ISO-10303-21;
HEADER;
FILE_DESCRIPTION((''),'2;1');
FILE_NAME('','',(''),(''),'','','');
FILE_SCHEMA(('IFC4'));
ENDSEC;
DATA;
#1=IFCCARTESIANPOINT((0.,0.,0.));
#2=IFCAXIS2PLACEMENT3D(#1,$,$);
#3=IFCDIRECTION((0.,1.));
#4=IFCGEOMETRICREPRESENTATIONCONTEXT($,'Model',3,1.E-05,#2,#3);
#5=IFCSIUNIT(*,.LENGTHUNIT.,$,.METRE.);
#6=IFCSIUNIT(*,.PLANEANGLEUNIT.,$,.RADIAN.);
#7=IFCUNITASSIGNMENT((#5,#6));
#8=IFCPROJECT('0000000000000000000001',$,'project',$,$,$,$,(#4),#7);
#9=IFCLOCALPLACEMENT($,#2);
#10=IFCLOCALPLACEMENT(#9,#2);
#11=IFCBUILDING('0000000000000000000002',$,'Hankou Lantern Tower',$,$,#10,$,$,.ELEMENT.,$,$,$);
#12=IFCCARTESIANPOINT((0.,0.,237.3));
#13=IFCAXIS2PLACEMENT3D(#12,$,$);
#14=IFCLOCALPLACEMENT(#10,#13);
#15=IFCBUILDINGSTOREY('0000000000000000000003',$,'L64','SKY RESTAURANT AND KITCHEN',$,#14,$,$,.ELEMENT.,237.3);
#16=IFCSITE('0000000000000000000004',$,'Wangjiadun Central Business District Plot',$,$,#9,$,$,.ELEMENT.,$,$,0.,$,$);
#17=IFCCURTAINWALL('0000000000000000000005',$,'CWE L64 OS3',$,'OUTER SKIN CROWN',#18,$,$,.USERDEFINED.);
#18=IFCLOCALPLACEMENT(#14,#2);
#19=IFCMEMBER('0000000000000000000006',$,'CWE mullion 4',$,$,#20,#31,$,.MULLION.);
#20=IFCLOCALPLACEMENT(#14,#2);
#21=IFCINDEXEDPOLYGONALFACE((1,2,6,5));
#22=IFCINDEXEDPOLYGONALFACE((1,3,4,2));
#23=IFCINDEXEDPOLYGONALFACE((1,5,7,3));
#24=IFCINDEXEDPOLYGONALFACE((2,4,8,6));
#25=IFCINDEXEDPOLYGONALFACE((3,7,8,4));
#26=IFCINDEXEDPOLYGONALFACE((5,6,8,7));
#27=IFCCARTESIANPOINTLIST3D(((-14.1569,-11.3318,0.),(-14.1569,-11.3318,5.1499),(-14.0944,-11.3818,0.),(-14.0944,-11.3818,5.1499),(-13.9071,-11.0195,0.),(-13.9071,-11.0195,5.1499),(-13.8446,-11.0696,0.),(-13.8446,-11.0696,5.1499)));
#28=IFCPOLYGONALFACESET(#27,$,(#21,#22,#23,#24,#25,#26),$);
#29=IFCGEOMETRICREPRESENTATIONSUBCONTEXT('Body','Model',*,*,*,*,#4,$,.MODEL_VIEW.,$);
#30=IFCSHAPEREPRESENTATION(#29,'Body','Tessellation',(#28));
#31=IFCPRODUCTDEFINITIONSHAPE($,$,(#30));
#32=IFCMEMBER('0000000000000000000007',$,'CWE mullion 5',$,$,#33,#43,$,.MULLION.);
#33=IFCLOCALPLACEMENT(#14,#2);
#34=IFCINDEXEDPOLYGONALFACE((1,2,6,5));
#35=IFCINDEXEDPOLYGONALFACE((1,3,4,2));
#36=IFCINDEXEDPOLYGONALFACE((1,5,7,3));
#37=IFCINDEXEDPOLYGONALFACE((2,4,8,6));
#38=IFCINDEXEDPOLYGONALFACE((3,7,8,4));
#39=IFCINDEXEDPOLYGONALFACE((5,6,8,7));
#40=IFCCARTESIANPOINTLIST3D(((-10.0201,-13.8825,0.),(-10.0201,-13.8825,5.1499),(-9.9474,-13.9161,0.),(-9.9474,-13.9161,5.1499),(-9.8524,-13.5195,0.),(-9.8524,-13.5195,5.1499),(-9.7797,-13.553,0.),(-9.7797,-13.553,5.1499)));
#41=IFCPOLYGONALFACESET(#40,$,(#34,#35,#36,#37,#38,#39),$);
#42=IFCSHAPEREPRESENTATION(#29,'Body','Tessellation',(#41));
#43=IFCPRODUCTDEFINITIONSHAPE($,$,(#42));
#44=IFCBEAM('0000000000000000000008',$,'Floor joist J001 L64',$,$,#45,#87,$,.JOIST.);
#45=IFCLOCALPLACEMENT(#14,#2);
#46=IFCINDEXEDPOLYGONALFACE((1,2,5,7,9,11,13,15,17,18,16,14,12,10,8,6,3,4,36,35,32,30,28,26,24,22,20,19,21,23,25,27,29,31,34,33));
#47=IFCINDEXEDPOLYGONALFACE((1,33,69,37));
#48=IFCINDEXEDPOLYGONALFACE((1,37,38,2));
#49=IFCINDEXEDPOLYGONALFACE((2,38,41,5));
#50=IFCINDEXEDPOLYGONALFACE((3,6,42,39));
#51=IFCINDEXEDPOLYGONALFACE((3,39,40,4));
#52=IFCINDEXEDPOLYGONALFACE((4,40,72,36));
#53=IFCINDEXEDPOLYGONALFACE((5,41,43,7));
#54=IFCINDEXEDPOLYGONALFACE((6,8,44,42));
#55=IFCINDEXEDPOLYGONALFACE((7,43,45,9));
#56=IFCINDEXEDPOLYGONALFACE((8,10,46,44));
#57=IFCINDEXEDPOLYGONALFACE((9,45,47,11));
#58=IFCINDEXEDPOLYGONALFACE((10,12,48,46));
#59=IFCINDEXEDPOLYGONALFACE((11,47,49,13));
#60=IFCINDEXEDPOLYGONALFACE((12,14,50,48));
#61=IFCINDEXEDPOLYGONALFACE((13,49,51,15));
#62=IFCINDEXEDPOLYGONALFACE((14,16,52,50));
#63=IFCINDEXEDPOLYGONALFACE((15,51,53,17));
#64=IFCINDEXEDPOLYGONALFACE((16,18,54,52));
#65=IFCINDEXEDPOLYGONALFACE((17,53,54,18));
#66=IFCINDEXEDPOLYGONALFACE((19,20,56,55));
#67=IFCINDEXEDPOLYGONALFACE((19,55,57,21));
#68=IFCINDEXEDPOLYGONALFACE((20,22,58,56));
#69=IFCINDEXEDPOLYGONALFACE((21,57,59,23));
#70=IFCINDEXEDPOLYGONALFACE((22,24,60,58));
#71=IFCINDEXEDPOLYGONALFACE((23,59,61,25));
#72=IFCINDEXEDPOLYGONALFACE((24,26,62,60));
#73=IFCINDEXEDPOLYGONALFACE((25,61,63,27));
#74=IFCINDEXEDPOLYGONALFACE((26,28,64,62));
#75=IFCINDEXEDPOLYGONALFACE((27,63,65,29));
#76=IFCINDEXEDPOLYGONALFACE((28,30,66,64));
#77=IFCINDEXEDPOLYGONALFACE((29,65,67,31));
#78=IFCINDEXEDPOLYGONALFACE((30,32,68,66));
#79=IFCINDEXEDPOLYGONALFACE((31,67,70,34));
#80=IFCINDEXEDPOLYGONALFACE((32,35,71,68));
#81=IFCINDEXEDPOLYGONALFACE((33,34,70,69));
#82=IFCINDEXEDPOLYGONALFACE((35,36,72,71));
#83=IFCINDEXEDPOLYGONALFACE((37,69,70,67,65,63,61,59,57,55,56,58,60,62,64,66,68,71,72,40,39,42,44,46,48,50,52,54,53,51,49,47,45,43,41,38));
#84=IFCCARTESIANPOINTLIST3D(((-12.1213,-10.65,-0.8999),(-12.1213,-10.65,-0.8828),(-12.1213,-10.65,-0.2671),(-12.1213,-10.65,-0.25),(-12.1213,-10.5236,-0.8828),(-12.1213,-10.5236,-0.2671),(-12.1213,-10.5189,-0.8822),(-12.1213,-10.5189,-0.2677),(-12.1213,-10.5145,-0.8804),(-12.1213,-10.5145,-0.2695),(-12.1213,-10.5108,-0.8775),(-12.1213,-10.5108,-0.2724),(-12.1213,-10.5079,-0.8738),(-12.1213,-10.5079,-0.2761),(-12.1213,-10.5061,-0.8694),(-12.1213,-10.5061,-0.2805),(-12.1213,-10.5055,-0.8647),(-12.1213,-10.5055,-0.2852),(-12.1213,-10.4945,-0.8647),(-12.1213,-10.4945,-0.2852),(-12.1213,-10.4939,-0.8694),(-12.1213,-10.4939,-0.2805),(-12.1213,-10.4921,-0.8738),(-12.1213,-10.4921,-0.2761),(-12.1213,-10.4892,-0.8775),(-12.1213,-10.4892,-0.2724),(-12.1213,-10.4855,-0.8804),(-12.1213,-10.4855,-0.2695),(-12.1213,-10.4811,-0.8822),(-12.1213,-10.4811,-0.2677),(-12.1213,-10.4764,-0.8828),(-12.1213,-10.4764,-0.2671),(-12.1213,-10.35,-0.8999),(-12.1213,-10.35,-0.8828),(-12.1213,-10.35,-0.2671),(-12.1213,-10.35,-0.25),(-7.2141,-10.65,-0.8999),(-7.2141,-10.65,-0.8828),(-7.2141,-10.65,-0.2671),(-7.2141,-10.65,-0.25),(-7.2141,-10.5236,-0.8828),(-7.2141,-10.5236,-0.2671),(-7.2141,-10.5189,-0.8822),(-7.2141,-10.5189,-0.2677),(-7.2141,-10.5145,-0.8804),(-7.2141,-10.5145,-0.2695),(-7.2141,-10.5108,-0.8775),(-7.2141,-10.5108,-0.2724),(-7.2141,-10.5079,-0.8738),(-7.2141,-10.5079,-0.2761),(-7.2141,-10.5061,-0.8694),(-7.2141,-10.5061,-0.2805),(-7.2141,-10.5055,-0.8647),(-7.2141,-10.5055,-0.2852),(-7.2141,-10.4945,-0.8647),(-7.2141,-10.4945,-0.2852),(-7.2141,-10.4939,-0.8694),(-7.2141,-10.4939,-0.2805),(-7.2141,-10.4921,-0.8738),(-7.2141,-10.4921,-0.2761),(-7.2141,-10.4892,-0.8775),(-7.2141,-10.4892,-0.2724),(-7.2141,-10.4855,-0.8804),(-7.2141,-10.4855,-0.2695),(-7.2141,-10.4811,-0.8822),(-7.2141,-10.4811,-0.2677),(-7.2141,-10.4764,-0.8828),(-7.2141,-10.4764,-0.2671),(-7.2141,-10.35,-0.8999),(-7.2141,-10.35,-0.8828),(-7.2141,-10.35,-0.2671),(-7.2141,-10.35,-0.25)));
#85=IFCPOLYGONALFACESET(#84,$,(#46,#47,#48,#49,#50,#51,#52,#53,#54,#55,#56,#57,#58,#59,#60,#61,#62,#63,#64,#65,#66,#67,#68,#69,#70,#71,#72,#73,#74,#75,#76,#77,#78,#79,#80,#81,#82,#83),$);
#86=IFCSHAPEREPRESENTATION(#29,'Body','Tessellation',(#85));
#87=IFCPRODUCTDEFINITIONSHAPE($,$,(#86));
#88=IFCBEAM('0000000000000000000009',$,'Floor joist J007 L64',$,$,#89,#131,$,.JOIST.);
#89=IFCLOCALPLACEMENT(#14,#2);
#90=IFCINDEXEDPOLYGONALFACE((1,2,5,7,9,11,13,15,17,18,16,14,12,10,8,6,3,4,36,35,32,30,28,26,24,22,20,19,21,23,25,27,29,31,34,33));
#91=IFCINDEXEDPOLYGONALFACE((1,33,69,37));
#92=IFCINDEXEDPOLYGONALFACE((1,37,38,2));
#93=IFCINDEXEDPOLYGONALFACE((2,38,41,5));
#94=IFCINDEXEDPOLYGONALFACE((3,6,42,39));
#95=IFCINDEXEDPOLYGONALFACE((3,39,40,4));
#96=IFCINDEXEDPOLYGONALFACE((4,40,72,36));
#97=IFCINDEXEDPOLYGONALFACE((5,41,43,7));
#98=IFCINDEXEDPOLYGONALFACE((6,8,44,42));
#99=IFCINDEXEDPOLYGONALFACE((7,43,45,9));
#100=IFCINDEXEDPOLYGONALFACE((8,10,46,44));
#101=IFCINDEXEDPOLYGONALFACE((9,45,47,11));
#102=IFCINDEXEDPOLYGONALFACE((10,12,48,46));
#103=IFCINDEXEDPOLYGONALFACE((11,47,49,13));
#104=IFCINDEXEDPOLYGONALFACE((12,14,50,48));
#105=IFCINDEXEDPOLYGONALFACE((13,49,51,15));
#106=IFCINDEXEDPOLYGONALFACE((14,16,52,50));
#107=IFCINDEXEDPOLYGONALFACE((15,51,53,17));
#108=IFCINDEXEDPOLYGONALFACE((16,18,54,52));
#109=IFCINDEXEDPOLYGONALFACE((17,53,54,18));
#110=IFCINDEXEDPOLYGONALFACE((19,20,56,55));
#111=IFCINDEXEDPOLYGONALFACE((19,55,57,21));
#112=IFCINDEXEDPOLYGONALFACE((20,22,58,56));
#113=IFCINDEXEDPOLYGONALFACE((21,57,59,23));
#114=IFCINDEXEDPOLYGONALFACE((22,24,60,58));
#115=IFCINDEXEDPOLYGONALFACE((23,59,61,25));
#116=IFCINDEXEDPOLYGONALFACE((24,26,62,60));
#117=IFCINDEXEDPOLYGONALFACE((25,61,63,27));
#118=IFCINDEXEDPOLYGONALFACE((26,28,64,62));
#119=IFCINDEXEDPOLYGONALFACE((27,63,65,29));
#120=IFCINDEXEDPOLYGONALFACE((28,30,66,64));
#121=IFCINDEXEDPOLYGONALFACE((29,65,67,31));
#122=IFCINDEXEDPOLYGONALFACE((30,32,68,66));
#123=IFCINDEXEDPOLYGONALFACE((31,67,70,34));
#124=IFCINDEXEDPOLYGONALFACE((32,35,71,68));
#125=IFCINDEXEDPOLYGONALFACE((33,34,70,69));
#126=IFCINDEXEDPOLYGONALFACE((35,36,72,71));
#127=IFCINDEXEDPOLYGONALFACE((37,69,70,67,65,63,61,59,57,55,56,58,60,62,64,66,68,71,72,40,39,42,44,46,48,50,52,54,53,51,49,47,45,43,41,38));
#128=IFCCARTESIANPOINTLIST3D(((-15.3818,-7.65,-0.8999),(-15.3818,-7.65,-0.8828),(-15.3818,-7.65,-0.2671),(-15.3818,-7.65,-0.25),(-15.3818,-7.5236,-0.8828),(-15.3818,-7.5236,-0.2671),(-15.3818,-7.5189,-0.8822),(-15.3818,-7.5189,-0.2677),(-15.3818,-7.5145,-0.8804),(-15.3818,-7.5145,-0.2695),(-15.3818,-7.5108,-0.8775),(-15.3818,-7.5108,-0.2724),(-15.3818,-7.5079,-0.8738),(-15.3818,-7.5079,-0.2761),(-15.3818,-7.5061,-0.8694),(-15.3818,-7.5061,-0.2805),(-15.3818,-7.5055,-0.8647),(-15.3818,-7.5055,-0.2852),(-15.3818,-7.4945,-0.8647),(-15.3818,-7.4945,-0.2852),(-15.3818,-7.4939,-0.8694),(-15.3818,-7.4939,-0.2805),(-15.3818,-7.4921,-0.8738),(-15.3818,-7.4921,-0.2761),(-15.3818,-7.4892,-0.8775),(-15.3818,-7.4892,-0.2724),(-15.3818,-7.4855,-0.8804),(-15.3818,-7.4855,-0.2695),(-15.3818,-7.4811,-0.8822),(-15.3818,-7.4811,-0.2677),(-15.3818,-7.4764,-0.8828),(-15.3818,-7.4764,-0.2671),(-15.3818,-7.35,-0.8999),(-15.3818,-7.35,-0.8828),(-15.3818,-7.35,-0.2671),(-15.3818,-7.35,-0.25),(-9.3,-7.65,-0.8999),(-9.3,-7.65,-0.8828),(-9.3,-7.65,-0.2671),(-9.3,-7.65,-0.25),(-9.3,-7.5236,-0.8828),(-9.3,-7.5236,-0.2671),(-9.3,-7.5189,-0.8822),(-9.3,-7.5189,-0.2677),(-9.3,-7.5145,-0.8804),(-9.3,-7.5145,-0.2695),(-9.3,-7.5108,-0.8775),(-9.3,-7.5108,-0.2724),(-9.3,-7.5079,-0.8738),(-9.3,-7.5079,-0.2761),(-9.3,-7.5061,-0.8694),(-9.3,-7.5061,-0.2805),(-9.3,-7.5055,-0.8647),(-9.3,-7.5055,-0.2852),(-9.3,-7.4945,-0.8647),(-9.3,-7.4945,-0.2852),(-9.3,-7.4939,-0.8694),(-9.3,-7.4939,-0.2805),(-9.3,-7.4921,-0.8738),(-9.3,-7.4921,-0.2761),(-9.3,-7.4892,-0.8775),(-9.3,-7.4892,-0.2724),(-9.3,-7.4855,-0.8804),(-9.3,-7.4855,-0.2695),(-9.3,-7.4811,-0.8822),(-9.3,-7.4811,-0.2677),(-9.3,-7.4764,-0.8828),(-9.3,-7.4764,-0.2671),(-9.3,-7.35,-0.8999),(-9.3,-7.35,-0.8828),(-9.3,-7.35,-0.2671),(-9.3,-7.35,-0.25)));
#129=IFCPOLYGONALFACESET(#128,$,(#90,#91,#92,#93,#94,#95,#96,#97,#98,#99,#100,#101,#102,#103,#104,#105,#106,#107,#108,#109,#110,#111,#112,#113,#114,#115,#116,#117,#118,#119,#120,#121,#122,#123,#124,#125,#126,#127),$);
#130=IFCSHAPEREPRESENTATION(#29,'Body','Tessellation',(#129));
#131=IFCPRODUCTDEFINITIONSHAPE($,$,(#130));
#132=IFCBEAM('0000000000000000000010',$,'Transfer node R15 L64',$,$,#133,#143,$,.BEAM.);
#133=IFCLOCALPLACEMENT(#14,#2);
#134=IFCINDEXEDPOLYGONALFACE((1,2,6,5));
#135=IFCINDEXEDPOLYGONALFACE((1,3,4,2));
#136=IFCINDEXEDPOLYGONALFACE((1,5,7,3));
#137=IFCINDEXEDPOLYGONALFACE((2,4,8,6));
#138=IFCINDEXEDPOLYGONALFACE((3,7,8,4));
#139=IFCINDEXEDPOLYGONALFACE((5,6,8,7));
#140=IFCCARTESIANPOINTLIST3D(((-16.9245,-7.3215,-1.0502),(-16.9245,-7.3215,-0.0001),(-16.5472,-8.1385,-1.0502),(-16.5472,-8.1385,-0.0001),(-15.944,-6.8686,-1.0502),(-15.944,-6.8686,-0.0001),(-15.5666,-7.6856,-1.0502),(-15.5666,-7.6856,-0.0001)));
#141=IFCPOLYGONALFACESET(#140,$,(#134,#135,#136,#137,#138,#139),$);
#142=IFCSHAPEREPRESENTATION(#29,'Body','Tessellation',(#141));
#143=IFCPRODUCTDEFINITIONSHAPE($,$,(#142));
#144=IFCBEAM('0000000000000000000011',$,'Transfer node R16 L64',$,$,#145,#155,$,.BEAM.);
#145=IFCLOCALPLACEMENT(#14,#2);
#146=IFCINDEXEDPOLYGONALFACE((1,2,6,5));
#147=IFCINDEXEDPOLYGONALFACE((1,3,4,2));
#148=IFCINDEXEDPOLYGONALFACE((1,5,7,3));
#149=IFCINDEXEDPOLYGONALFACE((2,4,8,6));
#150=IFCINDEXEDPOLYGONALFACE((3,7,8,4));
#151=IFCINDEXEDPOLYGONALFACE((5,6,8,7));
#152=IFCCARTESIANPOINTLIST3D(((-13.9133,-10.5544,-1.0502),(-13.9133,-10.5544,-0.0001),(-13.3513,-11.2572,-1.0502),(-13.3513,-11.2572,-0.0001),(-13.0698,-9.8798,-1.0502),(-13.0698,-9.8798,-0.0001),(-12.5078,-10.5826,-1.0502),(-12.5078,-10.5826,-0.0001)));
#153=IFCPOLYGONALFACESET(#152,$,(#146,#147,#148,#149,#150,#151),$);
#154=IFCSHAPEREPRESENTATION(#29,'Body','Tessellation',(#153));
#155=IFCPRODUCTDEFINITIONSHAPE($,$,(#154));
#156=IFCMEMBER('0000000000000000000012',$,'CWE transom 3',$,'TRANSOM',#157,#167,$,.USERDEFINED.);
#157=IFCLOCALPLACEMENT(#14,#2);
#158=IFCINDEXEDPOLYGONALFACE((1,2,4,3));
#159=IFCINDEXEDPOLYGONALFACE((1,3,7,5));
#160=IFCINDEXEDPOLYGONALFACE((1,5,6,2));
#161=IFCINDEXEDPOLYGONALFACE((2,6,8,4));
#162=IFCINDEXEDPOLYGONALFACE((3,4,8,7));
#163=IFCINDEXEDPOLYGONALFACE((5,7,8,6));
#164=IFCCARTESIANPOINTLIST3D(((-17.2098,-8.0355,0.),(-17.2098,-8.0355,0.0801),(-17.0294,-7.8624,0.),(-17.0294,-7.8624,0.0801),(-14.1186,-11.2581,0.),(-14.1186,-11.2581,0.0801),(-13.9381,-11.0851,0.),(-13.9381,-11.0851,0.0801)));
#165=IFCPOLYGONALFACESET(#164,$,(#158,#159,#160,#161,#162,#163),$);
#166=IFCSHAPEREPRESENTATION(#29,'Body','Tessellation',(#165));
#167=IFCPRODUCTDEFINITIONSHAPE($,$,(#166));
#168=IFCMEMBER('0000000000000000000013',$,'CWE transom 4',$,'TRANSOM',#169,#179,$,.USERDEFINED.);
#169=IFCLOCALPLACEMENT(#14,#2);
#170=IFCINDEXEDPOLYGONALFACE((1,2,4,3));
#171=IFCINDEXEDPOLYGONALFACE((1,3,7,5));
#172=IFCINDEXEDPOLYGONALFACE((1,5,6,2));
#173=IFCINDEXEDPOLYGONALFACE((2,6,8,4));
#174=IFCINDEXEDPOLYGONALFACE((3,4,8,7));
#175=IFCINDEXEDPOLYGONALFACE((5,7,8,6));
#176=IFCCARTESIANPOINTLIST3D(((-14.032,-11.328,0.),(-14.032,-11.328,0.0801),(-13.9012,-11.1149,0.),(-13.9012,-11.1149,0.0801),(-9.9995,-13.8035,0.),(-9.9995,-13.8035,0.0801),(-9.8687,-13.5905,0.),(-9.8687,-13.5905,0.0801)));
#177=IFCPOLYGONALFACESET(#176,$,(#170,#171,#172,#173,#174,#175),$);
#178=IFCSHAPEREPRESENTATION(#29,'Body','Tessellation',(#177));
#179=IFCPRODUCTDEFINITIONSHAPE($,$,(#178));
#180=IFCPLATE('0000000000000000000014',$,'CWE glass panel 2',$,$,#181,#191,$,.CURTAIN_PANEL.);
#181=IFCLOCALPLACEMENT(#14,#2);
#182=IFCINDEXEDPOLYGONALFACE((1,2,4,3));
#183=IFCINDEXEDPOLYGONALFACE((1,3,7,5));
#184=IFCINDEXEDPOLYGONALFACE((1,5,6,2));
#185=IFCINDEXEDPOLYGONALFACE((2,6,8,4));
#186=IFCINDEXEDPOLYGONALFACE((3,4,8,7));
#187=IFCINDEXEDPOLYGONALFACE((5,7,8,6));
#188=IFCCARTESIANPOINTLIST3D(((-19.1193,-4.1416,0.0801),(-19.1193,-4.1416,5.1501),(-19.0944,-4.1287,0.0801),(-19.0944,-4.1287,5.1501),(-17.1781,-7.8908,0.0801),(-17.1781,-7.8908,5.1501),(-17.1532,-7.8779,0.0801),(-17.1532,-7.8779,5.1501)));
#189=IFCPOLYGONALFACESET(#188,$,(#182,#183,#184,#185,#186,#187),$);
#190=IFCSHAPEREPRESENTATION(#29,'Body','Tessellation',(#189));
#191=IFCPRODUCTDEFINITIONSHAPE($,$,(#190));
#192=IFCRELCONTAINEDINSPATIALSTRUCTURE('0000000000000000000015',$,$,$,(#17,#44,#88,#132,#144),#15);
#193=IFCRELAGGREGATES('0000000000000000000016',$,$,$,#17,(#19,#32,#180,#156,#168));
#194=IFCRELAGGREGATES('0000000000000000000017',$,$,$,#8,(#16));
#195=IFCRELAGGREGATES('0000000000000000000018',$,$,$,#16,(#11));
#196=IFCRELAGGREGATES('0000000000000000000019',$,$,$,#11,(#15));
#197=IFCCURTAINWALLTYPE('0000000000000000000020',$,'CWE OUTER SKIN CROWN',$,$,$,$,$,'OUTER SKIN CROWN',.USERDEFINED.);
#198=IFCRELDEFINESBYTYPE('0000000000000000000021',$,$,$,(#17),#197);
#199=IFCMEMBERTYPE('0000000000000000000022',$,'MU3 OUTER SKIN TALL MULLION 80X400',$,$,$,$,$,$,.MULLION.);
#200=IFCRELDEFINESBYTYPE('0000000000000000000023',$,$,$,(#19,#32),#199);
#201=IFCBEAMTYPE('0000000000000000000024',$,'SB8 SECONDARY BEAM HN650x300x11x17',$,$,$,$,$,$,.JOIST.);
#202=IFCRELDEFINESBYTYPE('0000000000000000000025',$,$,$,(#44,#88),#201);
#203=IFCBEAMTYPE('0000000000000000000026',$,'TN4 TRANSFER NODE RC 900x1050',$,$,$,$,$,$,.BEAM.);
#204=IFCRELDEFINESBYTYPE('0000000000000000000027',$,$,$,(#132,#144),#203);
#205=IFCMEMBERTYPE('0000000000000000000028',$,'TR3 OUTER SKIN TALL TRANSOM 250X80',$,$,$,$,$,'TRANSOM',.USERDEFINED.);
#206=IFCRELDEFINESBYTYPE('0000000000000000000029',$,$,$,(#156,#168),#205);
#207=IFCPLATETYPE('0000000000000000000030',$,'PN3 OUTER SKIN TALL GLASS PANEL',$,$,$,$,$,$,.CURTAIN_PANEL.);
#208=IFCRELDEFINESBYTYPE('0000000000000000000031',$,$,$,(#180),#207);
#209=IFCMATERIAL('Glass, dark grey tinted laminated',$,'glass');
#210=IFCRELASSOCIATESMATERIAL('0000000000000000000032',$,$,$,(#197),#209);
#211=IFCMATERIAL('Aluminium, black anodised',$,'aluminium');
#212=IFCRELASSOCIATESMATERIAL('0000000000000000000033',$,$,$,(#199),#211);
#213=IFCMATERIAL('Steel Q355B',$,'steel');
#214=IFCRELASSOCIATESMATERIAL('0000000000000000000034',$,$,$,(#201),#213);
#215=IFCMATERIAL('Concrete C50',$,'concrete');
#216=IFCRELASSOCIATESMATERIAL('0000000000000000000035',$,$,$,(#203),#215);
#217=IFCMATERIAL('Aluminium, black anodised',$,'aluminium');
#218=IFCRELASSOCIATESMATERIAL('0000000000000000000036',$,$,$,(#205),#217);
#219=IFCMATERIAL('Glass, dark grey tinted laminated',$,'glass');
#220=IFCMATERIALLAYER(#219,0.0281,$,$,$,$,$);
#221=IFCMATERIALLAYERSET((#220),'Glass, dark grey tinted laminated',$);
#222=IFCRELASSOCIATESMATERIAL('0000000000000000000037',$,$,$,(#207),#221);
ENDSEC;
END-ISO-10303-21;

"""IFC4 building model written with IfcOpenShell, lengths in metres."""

from ifc_helpers import new_model, si_unit, direction, frame, origin, origin_2d, place, context, subcontext, project, spatial, rectangle, i_section, extrude, material, layer, layer_set, material_profile, profile_set, type_object, element, aggregate, save


model = new_model("IFC4")

# Units and contexts
model_context = context("Model", 3, precision=1e-05, world=origin(), true_north=direction((0.0, 1.0)))
body_context = subcontext(model_context, "Body", "Model", "MODEL_VIEW")
ifc_project = project(units=[si_unit("LENGTHUNIT", "METRE"), si_unit("PLANEANGLEUNIT", "RADIAN")], contexts=[model_context])

# Site, building, storey
site_placement = place(None, origin())
site = spatial("IfcSite", under=ifc_project, at=site_placement, Name="Wangjiadun Central Business District Plot", CompositionType="ELEMENT", RefElevation=0.0)
building_placement = place(site_placement, origin())
building = spatial("IfcBuilding", under=site, at=building_placement, Name="Hankou Lantern Tower", CompositionType="ELEMENT")
storey_placement = place(building_placement, frame((0.0, 0.0, 237.3)))
storey = spatial("IfcBuildingStorey", under=building, at=storey_placement, Name="L64", Description="SKY RESTAURANT AND KITCHEN", CompositionType="ELEMENT", Elevation=237.3)

# Curtain wall, members
ifc_material_1 = material(Name="Glass, dark grey tinted laminated", Category="glass")
curtain_wall_type = type_object("IfcCurtainWallType", Name="CWE OUTER SKIN CROWN", ElementType="OUTER SKIN CROWN", PredefinedType="USERDEFINED", material=ifc_material_1)
curtain_wall_placement = place(storey_placement, origin())
curtain_wall = element("IfcCurtainWall", 1, at=curtain_wall_placement, inside=storey, type_object=curtain_wall_type, Name="CWE L64 OS3", ObjectType="OUTER SKIN CROWN", PredefinedType="USERDEFINED")
ifc_material_2 = material(Name="Aluminium, black anodised", Category="aluminium")
ifc_material_profile_1 = material_profile(ifc_material_2, rectangle(XDim=0.0801, YDim=0.3999, at=origin_2d()), Name="MU3 80X400")
ifc_profile_set_1 = profile_set([ifc_material_profile_1], Name="Aluminium, black anodised")
member_type_1 = type_object("IfcMemberType", Name="MU3 OUTER SKIN TALL MULLION 80X400", PredefinedType="MULLION", material=ifc_profile_set_1)
member_1_placement = place(storey_placement, frame((-14.0007, -11.2007, 0.0), z_axis=(0.0, 0.0, 1.0), x_axis=(0.780869, -0.624695, 0.0)))
member_1 = element("IfcMember", 2, at=member_1_placement, type_object=member_type_1, Name="CWE mullion 4", PredefinedType="MULLION", context=body_context, shape_type="SweptSolid", body=[
    extrude(rectangle(XDim=0.0801, YDim=0.3999, at=origin_2d()), origin(), (0.0, 0.0, 1.0), 5.1499),
])
member_2_placement = place(storey_placement, frame((-9.8999, -13.7178, 0.0), z_axis=(0.0, 0.0, 1.0), x_axis=(0.907841, -0.419314, 0.0)))
member_2 = element("IfcMember", 3, at=member_2_placement, type_object=member_type_1, Name="CWE mullion 5", PredefinedType="MULLION", context=body_context, shape_type="SweptSolid", body=[
    extrude(rectangle(XDim=0.0801, YDim=0.3999, at=origin_2d()), origin(), (0.0, 0.0, 1.0), 5.1499),
])

# Beams
ifc_material_3 = material(Name="Steel Q355B", Category="steel")
ifc_material_profile_2 = material_profile(ifc_material_3, i_section(OverallWidth=0.3, OverallDepth=0.6499, WebThickness=0.011, FlangeThickness=0.0171, FilletRadius=0.0181, at=origin_2d()), Name="HN650x300x11x17")
ifc_profile_set_2 = profile_set([ifc_material_profile_2], Name="Steel Q355B")
beam_type_1 = type_object("IfcBeamType", Name="SB8 SECONDARY BEAM HN650x300x11x17", PredefinedType="JOIST", material=ifc_profile_set_2)
beam_1_placement = place(storey_placement, frame((-12.1213, -10.5, -0.575), z_axis=(1.0, 0.0, 0.0), x_axis=(0.0, 1.0, 0.0)))
element("IfcBeam", 4, at=beam_1_placement, inside=storey, type_object=beam_type_1, Name="Floor joist J001 L64", PredefinedType="JOIST", context=body_context, shape_type="SweptSolid", body=[
    extrude(i_section(OverallWidth=0.3, OverallDepth=0.6499, WebThickness=0.011, FlangeThickness=0.0171, FilletRadius=0.0181, at=origin_2d()), origin(), (0.0, 0.0, 1.0), 4.9072),
])
beam_2_placement = place(storey_placement, frame((-15.3818, -7.5, -0.575), z_axis=(1.0, 0.0, 0.0), x_axis=(0.0, 1.0, 0.0)))
element("IfcBeam", 5, at=beam_2_placement, inside=storey, type_object=beam_type_1, Name="Floor joist J007 L64", PredefinedType="JOIST", context=body_context, shape_type="SweptSolid", body=[
    extrude(i_section(OverallWidth=0.3, OverallDepth=0.6499, WebThickness=0.011, FlangeThickness=0.0171, FilletRadius=0.0181, at=origin_2d()), origin(), (0.0, 0.0, 1.0), 6.0818),
])
ifc_material_4 = material(Name="Concrete C50", Category="concrete")
ifc_material_profile_3 = material_profile(ifc_material_4, rectangle(XDim=0.8999, YDim=1.05, at=origin_2d()), Name="RC 900x1050")
ifc_profile_set_3 = profile_set([ifc_material_profile_3], Name="Concrete C50")
beam_type_2 = type_object("IfcBeamType", Name="TN4 TRANSFER NODE RC 900x1050", PredefinedType="BEAM", material=ifc_profile_set_3)
for number, where, z_axis, x_axis, name in (
    (6, (-16.7358, -7.73, -0.5251), (0.907834, 0.419331, 0.0), (-0.419331, 0.907834, 0.0), "Transfer node R15 L64"),
    (7, (-13.6323, -10.9058, -0.5251), (0.780979, 0.624557, 0.0), (-0.624557, 0.780979, 0.0), "Transfer node R16 L64"),
):
    element("IfcBeam", number, at=place(storey_placement, frame(where, z_axis=z_axis, x_axis=x_axis)), inside=storey, type_object=beam_type_2, Name=name, PredefinedType="BEAM", context=body_context, shape_type="SweptSolid", body=[
        extrude(rectangle(XDim=0.8999, YDim=1.05, at=origin_2d()), origin(), (0.0, 0.0, 1.0), 1.0801),
    ])

# Members
ifc_material_5 = material(Name="Aluminium, black anodised", Category="aluminium")
ifc_material_profile_4 = material_profile(ifc_material_5, rectangle(XDim=0.25, YDim=0.0801, at=origin_2d()), Name="TR3 250X80")
ifc_profile_set_4 = profile_set([ifc_material_profile_4], Name="Aluminium, black anodised")
member_type_2 = type_object("IfcMemberType", Name="TR3 OUTER SKIN TALL TRANSOM 250X80", ElementType="TRANSOM", PredefinedType="USERDEFINED", material=ifc_profile_set_4)
member_3_placement = place(storey_placement, frame((-17.1196, -7.949, 0.04), z_axis=(0.692247, -0.72166, 0.0), x_axis=(0.72166, 0.692247, 0.0)))
member_3 = element("IfcMember", 8, at=member_3_placement, type_object=member_type_2, Name="CWE transom 3", ObjectType="TRANSOM", PredefinedType="USERDEFINED", context=body_context, shape_type="SweptSolid", body=[
    extrude(rectangle(XDim=0.25, YDim=0.0801, at=origin_2d()), origin(), (0.0, 0.0, 1.0), 4.4656),
])
member_4_placement = place(storey_placement, frame((-13.9666, -11.2214, 0.04), z_axis=(0.852218, -0.523187, 0.0), x_axis=(0.523187, 0.852218, 0.0)))
member_4 = element("IfcMember", 9, at=member_4_placement, type_object=member_type_2, Name="CWE transom 4", ObjectType="TRANSOM", PredefinedType="USERDEFINED", context=body_context, shape_type="SweptSolid", body=[
    extrude(rectangle(XDim=0.25, YDim=0.0801, at=origin_2d()), origin(), (0.0, 0.0, 1.0), 4.7317),
])

# Plate
ifc_material_6 = material(Name="Glass, dark grey tinted laminated", Category="glass")
ifc_layer_1 = layer(ifc_material_6, 0.0281)
ifc_layer_set_1 = layer_set([ifc_layer_1], Name="Glass, dark grey tinted laminated")
plate_type = type_object("IfcPlateType", Name="PN3 OUTER SKIN TALL GLASS PANEL", PredefinedType="CURTAIN_PANEL", material=ifc_layer_set_1)
plate_1_placement = place(storey_placement, frame((-18.1362, -6.0098, 0.0801), z_axis=(0.0, 0.0, 1.0), x_axis=(0.459791, -0.888027, 0.0)))
plate_1 = element("IfcPlate", 10, at=plate_1_placement, type_object=plate_type, Name="CWE glass panel 2", PredefinedType="CURTAIN_PANEL", context=body_context, shape_type="SweptSolid", body=[
    extrude(rectangle(XDim=4.2219, YDim=0.0281, at=origin_2d()), origin(), (0.0, 0.0, 1.0), 5.0701),
])
aggregate(curtain_wall, [member_1, member_2, plate_1, member_3, member_4])

save(model, "model.ifc")
